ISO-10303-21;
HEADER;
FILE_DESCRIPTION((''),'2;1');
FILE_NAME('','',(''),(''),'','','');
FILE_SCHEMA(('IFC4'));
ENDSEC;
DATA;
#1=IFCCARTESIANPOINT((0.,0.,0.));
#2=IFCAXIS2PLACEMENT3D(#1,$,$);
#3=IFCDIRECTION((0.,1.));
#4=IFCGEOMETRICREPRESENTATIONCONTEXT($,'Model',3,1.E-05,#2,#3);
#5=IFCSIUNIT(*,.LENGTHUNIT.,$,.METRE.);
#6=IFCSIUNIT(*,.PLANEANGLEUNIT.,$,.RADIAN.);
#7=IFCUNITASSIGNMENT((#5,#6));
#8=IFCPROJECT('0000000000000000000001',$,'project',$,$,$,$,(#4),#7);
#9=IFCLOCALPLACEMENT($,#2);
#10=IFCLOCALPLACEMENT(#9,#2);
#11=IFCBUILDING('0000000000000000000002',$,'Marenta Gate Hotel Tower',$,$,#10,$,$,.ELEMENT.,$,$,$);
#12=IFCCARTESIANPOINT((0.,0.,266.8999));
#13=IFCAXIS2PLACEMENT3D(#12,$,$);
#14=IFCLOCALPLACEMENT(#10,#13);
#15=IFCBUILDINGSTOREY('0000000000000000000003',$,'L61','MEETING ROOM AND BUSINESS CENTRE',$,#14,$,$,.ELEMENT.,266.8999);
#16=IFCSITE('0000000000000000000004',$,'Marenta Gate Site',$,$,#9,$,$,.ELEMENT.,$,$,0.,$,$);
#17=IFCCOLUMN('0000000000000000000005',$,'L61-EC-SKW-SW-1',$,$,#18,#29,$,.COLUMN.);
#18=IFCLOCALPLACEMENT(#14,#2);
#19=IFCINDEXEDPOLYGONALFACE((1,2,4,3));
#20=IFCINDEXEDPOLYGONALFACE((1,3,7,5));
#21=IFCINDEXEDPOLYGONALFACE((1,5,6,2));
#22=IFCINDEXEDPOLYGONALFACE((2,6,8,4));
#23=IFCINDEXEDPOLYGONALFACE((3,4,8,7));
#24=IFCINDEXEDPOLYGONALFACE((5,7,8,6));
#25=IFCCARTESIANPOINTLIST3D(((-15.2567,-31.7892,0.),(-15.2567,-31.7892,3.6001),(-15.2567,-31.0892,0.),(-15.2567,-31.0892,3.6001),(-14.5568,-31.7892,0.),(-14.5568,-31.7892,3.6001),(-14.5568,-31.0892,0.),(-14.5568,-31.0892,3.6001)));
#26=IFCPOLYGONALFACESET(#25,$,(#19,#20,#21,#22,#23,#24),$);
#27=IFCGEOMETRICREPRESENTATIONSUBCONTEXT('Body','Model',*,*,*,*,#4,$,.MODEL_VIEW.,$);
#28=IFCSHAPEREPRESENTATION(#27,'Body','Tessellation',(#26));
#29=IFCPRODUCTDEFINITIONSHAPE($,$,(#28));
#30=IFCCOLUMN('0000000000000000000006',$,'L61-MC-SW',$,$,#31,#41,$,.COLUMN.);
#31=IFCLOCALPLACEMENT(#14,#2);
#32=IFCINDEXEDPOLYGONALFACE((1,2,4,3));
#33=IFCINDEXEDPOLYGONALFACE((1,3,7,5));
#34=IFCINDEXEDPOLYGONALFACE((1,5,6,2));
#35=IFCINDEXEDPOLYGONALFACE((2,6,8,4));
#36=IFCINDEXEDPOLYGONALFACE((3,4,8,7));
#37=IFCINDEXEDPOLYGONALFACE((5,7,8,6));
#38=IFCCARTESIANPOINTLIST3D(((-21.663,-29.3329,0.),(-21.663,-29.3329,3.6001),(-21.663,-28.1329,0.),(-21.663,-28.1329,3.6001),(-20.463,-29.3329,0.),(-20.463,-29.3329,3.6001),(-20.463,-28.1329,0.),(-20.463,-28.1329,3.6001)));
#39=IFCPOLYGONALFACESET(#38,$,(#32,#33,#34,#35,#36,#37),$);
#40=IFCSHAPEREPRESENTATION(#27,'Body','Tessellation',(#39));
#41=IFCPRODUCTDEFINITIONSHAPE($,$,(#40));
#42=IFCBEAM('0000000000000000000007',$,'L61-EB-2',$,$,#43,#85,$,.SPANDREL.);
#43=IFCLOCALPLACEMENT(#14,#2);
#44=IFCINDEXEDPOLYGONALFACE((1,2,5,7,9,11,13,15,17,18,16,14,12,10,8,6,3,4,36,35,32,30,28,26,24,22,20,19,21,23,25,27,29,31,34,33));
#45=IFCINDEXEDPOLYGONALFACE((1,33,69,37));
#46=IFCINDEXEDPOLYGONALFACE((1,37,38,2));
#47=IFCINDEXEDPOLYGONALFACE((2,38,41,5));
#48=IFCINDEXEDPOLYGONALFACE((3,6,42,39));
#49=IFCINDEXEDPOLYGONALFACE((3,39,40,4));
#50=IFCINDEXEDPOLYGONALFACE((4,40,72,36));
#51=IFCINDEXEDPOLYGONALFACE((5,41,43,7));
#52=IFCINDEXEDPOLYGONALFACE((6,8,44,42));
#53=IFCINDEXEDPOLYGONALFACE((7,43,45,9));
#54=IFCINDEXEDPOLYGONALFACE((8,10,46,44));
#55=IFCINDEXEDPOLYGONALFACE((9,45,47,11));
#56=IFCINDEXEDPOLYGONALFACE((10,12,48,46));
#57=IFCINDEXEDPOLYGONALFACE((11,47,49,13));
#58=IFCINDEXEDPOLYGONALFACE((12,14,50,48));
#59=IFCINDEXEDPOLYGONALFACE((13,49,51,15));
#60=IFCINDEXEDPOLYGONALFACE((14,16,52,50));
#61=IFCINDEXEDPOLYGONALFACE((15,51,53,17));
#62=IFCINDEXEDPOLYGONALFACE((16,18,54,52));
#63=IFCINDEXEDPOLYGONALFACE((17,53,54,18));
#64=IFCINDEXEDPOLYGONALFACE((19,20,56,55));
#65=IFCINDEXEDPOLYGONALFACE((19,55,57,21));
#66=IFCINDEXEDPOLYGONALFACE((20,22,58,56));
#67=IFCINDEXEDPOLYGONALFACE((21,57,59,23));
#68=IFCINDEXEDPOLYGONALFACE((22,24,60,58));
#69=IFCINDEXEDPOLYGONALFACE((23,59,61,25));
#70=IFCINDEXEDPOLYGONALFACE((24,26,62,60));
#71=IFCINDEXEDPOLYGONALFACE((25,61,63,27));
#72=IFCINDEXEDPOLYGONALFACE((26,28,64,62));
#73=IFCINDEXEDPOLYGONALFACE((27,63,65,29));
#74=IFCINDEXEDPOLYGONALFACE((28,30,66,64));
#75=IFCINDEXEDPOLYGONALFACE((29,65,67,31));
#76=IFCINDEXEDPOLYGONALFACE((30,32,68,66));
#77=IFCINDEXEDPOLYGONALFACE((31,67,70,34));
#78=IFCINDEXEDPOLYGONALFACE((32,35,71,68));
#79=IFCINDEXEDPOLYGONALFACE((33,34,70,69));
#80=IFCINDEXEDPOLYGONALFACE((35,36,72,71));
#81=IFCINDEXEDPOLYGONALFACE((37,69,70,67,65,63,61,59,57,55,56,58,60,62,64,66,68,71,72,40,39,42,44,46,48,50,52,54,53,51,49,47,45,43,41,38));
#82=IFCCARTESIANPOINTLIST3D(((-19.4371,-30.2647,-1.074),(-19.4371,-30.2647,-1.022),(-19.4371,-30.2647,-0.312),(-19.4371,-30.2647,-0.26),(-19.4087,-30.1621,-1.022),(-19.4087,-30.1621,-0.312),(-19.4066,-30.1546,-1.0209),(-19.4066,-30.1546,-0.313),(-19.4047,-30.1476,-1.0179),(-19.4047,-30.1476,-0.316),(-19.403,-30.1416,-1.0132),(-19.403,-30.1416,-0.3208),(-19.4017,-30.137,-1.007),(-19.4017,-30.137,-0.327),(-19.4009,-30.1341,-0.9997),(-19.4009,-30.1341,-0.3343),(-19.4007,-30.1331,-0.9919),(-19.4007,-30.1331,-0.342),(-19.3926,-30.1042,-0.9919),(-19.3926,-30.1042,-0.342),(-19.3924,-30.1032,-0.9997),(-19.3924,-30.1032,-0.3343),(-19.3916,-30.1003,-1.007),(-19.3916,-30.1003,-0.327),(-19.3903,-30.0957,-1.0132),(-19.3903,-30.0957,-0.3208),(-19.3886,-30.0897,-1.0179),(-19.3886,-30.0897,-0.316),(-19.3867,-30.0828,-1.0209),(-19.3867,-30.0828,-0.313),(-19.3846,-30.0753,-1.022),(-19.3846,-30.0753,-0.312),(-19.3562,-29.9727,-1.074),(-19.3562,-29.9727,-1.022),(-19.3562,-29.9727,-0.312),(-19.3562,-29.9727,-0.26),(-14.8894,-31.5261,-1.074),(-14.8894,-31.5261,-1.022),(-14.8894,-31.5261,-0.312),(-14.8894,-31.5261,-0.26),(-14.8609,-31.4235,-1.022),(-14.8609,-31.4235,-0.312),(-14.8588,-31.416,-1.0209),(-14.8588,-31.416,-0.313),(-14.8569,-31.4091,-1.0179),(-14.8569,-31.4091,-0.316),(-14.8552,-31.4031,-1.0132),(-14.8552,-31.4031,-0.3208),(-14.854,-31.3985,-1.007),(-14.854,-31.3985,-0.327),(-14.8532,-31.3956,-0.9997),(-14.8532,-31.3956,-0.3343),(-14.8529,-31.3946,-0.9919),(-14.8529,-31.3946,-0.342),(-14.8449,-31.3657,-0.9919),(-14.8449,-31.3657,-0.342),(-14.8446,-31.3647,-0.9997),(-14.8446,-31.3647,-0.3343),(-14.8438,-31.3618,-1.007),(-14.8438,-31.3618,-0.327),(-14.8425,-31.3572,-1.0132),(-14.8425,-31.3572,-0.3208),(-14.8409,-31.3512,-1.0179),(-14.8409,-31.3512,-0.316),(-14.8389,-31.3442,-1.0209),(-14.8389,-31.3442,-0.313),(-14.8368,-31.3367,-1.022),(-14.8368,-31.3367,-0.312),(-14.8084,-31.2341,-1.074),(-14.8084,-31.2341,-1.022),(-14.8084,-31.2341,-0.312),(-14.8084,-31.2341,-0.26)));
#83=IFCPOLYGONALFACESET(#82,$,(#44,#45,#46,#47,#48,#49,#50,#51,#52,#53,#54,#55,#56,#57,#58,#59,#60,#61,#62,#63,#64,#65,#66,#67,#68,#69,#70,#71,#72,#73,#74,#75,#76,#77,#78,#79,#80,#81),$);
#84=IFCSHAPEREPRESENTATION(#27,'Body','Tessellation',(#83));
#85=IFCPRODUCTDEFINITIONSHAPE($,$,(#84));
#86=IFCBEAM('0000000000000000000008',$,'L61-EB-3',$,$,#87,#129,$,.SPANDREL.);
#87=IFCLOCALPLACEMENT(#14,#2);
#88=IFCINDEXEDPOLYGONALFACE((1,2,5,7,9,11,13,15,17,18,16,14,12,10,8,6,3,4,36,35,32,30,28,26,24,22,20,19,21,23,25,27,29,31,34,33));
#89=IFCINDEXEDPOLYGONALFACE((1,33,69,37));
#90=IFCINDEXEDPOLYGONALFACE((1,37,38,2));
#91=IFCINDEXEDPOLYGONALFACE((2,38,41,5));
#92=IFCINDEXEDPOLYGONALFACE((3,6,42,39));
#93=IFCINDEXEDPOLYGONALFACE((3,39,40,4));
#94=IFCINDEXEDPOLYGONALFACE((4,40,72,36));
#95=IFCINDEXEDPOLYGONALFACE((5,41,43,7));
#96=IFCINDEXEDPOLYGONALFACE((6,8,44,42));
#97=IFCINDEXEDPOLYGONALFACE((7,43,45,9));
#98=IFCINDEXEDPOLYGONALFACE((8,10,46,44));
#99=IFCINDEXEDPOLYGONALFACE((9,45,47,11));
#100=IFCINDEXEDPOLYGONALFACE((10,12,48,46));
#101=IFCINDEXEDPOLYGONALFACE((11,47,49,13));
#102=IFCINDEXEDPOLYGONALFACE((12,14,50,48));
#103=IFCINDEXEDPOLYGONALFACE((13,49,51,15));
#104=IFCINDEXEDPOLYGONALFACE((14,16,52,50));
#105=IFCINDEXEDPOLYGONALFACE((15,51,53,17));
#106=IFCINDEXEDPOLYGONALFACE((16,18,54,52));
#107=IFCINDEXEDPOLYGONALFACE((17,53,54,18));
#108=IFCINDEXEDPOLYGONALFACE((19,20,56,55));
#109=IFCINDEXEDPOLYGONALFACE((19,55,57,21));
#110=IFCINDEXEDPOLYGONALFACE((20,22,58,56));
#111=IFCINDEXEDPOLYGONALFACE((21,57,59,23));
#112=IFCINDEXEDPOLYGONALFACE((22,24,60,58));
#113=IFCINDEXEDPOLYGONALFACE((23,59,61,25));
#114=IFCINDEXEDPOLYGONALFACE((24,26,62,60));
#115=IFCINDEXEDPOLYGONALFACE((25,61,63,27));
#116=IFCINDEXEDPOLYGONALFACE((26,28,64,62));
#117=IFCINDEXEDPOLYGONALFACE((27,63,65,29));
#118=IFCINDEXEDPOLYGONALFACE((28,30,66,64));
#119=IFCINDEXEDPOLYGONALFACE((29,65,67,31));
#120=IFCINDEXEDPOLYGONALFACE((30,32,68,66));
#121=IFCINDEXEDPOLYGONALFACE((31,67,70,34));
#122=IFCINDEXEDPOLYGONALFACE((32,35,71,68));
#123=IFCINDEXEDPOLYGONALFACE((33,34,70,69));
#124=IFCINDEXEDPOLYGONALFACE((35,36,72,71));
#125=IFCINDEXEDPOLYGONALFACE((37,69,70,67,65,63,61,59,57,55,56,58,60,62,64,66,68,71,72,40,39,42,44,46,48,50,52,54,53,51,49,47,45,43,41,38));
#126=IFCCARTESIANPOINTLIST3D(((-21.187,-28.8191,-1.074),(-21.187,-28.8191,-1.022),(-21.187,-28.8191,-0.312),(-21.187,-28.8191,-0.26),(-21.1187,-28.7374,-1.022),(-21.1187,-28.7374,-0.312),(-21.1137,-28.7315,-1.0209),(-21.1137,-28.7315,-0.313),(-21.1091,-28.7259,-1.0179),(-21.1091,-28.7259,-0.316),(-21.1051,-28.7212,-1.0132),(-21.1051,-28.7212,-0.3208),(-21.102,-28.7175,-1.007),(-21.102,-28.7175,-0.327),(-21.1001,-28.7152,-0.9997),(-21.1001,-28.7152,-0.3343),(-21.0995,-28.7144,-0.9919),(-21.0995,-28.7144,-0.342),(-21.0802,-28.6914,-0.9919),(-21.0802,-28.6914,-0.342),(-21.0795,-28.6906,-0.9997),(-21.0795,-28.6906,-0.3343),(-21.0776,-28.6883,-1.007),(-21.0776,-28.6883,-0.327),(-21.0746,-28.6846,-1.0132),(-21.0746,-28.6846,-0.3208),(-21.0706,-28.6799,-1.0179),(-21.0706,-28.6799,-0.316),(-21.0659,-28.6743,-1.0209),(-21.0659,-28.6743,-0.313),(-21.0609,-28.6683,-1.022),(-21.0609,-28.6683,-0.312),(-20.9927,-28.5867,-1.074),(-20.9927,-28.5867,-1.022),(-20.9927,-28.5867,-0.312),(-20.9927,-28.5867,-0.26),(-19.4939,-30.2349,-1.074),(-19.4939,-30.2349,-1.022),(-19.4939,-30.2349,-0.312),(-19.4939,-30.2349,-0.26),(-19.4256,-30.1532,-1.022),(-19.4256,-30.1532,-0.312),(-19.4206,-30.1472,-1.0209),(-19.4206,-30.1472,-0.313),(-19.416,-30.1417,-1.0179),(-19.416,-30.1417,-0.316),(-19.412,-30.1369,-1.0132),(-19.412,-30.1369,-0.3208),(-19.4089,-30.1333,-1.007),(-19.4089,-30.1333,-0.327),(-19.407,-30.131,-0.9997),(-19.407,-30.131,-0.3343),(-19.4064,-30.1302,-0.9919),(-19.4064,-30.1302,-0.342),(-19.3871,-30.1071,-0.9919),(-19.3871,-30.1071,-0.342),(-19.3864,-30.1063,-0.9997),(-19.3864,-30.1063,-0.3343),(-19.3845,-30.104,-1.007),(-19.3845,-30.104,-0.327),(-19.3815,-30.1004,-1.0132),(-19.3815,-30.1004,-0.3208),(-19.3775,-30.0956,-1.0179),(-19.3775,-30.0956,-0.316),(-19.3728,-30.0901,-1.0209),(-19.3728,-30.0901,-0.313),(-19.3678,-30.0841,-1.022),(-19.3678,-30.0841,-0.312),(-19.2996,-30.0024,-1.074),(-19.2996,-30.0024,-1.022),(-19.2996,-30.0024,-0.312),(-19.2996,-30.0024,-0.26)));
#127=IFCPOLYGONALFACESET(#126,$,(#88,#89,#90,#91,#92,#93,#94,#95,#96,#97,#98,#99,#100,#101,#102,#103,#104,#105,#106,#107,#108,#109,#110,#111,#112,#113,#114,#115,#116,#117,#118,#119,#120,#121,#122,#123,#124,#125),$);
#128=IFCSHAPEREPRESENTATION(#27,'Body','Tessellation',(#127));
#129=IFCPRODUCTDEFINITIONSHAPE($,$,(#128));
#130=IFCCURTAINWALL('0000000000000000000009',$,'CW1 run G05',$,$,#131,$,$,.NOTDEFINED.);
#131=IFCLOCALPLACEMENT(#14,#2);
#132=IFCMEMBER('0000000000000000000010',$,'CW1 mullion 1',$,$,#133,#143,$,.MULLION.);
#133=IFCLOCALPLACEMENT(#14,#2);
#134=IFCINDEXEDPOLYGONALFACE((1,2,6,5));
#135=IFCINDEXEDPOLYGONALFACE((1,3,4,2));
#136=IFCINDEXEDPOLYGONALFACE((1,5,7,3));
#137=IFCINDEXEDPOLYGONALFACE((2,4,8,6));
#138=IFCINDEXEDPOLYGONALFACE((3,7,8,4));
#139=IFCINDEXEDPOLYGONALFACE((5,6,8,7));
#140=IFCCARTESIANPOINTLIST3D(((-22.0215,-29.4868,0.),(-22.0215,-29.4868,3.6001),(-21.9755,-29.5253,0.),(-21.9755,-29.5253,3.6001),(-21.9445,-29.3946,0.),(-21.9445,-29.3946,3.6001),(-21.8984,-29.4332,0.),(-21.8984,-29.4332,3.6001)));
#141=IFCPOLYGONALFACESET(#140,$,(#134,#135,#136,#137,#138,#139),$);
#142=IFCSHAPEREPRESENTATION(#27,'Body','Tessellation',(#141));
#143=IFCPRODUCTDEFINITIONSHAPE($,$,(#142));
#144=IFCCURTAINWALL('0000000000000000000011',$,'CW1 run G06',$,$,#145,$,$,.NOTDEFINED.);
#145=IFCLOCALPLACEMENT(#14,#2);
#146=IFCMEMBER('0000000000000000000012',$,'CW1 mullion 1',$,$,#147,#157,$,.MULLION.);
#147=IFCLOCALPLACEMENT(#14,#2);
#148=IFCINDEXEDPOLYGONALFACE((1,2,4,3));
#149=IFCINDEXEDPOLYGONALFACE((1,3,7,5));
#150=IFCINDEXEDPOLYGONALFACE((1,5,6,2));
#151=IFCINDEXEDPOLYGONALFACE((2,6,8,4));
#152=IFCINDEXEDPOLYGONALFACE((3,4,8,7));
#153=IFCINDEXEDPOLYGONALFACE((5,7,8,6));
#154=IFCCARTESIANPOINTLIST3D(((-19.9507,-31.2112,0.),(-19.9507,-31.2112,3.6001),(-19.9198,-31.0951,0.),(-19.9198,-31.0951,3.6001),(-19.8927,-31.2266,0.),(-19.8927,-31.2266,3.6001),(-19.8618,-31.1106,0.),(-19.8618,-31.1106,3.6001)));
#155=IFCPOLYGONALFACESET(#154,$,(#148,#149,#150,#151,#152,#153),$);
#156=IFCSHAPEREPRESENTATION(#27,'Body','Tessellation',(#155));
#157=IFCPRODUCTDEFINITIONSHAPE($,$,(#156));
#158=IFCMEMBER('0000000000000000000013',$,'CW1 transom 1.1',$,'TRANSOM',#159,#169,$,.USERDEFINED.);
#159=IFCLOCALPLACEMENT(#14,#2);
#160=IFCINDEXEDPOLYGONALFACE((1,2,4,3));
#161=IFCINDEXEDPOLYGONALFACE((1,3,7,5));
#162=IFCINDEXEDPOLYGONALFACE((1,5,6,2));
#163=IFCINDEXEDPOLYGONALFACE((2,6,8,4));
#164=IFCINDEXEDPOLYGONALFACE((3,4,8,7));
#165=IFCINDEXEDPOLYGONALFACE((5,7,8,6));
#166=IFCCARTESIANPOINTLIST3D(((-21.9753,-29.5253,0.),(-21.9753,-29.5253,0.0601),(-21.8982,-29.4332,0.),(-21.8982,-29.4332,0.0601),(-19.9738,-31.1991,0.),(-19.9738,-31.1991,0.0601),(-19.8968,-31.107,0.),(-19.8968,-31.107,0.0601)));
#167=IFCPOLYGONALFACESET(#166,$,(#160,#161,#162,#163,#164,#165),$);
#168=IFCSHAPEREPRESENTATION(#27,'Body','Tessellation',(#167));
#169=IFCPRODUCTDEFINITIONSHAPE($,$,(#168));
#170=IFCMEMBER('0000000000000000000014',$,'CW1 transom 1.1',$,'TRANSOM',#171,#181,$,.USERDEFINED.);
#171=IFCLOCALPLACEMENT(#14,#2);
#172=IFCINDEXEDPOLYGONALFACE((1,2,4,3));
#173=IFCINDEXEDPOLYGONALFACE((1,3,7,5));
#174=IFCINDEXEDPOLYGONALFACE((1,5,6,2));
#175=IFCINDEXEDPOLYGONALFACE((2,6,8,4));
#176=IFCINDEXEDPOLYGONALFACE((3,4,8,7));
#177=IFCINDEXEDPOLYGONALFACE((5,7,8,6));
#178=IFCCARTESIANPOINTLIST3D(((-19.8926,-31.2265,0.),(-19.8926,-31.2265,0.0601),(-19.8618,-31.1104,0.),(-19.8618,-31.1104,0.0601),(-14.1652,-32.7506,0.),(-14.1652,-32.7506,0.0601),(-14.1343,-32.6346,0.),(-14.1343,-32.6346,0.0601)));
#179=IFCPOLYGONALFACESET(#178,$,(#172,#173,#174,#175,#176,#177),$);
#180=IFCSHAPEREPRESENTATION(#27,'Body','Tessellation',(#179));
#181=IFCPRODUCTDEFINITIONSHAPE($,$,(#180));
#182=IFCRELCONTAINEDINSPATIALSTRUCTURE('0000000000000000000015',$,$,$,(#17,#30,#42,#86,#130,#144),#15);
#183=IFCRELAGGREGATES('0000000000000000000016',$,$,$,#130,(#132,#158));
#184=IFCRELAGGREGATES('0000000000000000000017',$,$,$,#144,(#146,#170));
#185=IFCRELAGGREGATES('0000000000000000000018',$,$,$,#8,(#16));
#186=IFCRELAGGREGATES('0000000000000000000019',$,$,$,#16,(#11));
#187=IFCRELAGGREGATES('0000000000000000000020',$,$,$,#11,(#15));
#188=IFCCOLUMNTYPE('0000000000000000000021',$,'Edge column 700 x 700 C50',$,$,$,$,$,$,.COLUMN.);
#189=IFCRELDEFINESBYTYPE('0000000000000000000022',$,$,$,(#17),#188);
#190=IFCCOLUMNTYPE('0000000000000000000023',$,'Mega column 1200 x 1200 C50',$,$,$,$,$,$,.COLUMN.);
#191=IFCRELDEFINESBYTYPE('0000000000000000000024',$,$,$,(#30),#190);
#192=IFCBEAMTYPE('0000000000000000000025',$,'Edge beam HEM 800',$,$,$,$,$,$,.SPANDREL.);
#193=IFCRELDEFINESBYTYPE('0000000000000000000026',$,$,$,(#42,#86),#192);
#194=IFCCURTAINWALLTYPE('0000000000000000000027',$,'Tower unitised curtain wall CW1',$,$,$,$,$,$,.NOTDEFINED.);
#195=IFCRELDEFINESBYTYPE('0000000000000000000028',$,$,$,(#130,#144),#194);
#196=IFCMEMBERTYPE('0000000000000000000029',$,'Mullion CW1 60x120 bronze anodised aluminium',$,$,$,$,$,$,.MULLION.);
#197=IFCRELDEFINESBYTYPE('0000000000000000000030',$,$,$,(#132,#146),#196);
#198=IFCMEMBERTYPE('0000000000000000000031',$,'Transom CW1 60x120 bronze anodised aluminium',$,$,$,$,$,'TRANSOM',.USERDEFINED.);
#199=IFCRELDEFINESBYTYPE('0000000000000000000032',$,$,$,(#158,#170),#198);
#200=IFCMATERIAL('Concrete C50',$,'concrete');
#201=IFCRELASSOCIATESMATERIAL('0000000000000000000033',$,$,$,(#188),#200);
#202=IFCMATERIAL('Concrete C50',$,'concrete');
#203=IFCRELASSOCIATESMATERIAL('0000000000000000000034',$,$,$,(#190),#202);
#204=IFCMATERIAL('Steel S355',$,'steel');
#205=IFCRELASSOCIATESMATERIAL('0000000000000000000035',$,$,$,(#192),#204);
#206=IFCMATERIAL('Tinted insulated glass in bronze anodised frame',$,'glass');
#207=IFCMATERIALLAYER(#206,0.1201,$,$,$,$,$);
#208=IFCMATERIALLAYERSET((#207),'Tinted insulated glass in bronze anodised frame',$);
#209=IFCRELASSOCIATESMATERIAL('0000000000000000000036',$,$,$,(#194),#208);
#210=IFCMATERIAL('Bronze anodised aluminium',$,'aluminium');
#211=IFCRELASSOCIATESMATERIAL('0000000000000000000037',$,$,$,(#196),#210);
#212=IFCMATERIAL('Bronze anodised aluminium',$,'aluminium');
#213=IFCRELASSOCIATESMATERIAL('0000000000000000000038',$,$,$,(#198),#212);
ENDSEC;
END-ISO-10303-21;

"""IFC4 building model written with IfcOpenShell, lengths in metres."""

from ifc_helpers import new_model, si_unit, direction, frame, origin, origin_2d, place, context, subcontext, project, spatial, rectangle, i_section, extrude, material, layer, layer_set, material_profile, profile_set, type_object, element, aggregate, save


model = new_model("IFC4")

# Units and contexts
model_context = context("Model", 3, precision=1e-05, world=origin(), true_north=direction((0.0, 1.0)))
body_context = subcontext(model_context, "Body", "Model", "MODEL_VIEW")
ifc_project = project(units=[si_unit("LENGTHUNIT", "METRE"), si_unit("PLANEANGLEUNIT", "RADIAN")], contexts=[model_context])

# Site, building, storey
site_placement = place(None, origin())
site = spatial("IfcSite", under=ifc_project, at=site_placement, Name="Marenta Gate Site", CompositionType="ELEMENT", RefElevation=0.0)
building_placement = place(site_placement, origin())
building = spatial("IfcBuilding", under=site, at=building_placement, Name="Marenta Gate Hotel Tower", CompositionType="ELEMENT")
storey_placement = place(building_placement, frame((0.0, 0.0, 266.8999)))
storey = spatial("IfcBuildingStorey", under=building, at=storey_placement, Name="L61", Description="MEETING ROOM AND BUSINESS CENTRE", CompositionType="ELEMENT", Elevation=266.8999)

# Columns
ifc_material_1 = material(Name="Concrete C50", Category="concrete")
ifc_material_profile_1 = material_profile(ifc_material_1, rectangle(XDim=0.7, YDim=0.7, at=origin_2d()), Name="700 x 700")
ifc_profile_set_1 = profile_set([ifc_material_profile_1], Name="Concrete C50")
column_type_1 = type_object("IfcColumnType", Name="Edge column 700 x 700 C50", PredefinedType="COLUMN", material=ifc_profile_set_1)
column_1_placement = place(storey_placement, frame((-14.9067, -31.4392, 0.0), z_axis=(0.0, 0.0, 1.0), x_axis=(1.0, 0.0, 0.0)))
element("IfcColumn", 1, at=column_1_placement, inside=storey, type_object=column_type_1, Name="L61-EC-SKW-SW-1", PredefinedType="COLUMN", context=body_context, shape_type="SweptSolid", body=[
    extrude(rectangle(XDim=0.7, YDim=0.7, at=origin_2d()), origin(), (0.0, 0.0, 1.0), 3.6001),
])
ifc_material_2 = material(Name="Concrete C50", Category="concrete")
ifc_material_profile_2 = material_profile(ifc_material_2, rectangle(XDim=1.2, YDim=1.2, at=origin_2d()), Name="1200 x 1200")
ifc_profile_set_2 = profile_set([ifc_material_profile_2], Name="Concrete C50")
column_type_2 = type_object("IfcColumnType", Name="Mega column 1200 x 1200 C50", PredefinedType="COLUMN", material=ifc_profile_set_2)
column_2_placement = place(storey_placement, frame((-21.063, -28.7329, 0.0), z_axis=(0.0, 0.0, 1.0), x_axis=(1.0, 0.0, 0.0)))
element("IfcColumn", 2, at=column_2_placement, inside=storey, type_object=column_type_2, Name="L61-MC-SW", PredefinedType="COLUMN", context=body_context, shape_type="SweptSolid", body=[
    extrude(rectangle(XDim=1.2, YDim=1.2, at=origin_2d()), origin(), (0.0, 0.0, 1.0), 3.6001),
])

# Beams
ifc_material_3 = material(Name="Steel S355", Category="steel")
ifc_material_profile_3 = material_profile(ifc_material_3, i_section(OverallWidth=0.303, OverallDepth=0.814, WebThickness=0.03, FlangeThickness=0.052, FilletRadius=0.03, at=origin_2d()), Name="HEM 800")
ifc_profile_set_3 = profile_set([ifc_material_profile_3], Name="Steel S355")
beam_type = type_object("IfcBeamType", Name="Edge beam HEM 800", PredefinedType="SPANDREL", material=ifc_profile_set_3)
beam_1_placement = place(storey_placement, frame((-14.8489, -31.3801, -0.667), z_axis=(-0.963617, 0.267286, 0.0), x_axis=(-0.267286, -0.963617, 0.0)))
element("IfcBeam", 3, at=beam_1_placement, inside=storey, type_object=beam_type, Name="L61-EB-2", PredefinedType="SPANDREL", context=body_context, shape_type="SweptSolid", body=[
    extrude(i_section(OverallWidth=0.303, OverallDepth=0.814, WebThickness=0.03, FlangeThickness=0.052, FilletRadius=0.03, at=origin_2d()), origin(), (0.0, 0.0, 1.0), 4.7195),
])
beam_2_placement = place(storey_placement, frame((-19.3967, -30.1187, -0.667), z_axis=(-0.767141, 0.641478, 0.0), x_axis=(-0.641478, -0.767141, 0.0)))
element("IfcBeam", 4, at=beam_2_placement, inside=storey, type_object=beam_type, Name="L61-EB-3", PredefinedType="SPANDREL", context=body_context, shape_type="SweptSolid", body=[
    extrude(i_section(OverallWidth=0.303, OverallDepth=0.814, WebThickness=0.03, FlangeThickness=0.052, FilletRadius=0.03, at=origin_2d()), origin(), (0.0, 0.0, 1.0), 2.207),
])

# Curtain walls, members
ifc_material_4 = material(Name="Tinted insulated glass in bronze anodised frame", Category="glass")
ifc_layer_1 = layer(ifc_material_4, 0.1201)
ifc_layer_set_1 = layer_set([ifc_layer_1], Name="Tinted insulated glass in bronze anodised frame")
curtain_wall_type = type_object("IfcCurtainWallType", Name="Tower unitised curtain wall CW1", PredefinedType="NOTDEFINED", material=ifc_layer_set_1)
curtain_wall_1_placement = place(storey_placement, origin())
curtain_wall_1 = element("IfcCurtainWall", 5, at=curtain_wall_1_placement, inside=storey, type_object=curtain_wall_type, Name="CW1 run G05", PredefinedType="NOTDEFINED")
ifc_material_5 = material(Name="Bronze anodised aluminium", Category="aluminium")
ifc_material_profile_4 = material_profile(ifc_material_5, rectangle(XDim=0.1201, YDim=0.0601, at=origin_2d()), Name="Mullion CW1 60x120 bronze anodised aluminium")
ifc_profile_set_4 = profile_set([ifc_material_profile_4], Name="Bronze anodised aluminium")
member_type_1 = type_object("IfcMemberType", Name="Mullion CW1 60x120 bronze anodised aluminium", PredefinedType="MULLION", material=ifc_profile_set_4)
member_1_placement = place(storey_placement, frame((-21.96, -29.46, 0.0), z_axis=(0.0, 0.0, 1.0), x_axis=(0.641525, 0.767102, 0.0)))
member_1 = element("IfcMember", 6, at=member_1_placement, type_object=member_type_1, Name="CW1 mullion 1", PredefinedType="MULLION", context=body_context, shape_type="SweptSolid", body=[
    extrude(rectangle(XDim=0.1201, YDim=0.0601, at=origin_2d()), origin(), (0.0, 0.0, 1.0), 3.6001),
])
curtain_wall_2_placement = place(storey_placement, origin())
curtain_wall_2 = element("IfcCurtainWall", 7, at=curtain_wall_2_placement, inside=storey, type_object=curtain_wall_type, Name="CW1 run G06", PredefinedType="NOTDEFINED")
member_2_placement = place(storey_placement, frame((-19.9062, -31.1609, 0.0), z_axis=(0.0, 0.0, 1.0), x_axis=(0.257134, 0.966376, 0.0)))
member_2 = element("IfcMember", 8, at=member_2_placement, type_object=member_type_1, Name="CW1 mullion 1", PredefinedType="MULLION", context=body_context, shape_type="SweptSolid", body=[
    extrude(rectangle(XDim=0.1201, YDim=0.0601, at=origin_2d()), origin(), (0.0, 0.0, 1.0), 3.6001),
])

# Members
ifc_material_6 = material(Name="Bronze anodised aluminium", Category="aluminium")
ifc_material_profile_5 = material_profile(ifc_material_6, rectangle(XDim=0.1201, YDim=0.0601, at=origin_2d()), Name="Transom CW1 60x120 bronze anodised aluminium")
ifc_profile_set_5 = profile_set([ifc_material_profile_5], Name="Bronze anodised aluminium")
member_type_2 = type_object("IfcMemberType", Name="Transom CW1 60x120 bronze anodised aluminium", ElementType="TRANSOM", PredefinedType="USERDEFINED", material=ifc_profile_set_5)
member_3_placement = place(storey_placement, frame((-21.9368, -29.4792, 0.03), z_axis=(0.7671, -0.641527, 0.0), x_axis=(0.641527, 0.7671, 0.0)))
member_3 = element("IfcMember", 9, at=member_3_placement, type_object=member_type_2, Name="CW1 transom 1.1", ObjectType="TRANSOM", PredefinedType="USERDEFINED", context=body_context, shape_type="SweptSolid", body=[
    extrude(rectangle(XDim=0.1201, YDim=0.0601, at=origin_2d()), origin(), (0.0, 0.0, 1.0), 2.6091),
])
member_4_placement = place(storey_placement, frame((-19.8772, -31.1685, 0.03), z_axis=(0.966368, -0.257163, 0.0), x_axis=(0.257163, 0.966368, 0.0)))
member_4 = element("IfcMember", 10, at=member_4_placement, type_object=member_type_2, Name="CW1 transom 1.1", ObjectType="TRANSOM", PredefinedType="USERDEFINED", context=body_context, shape_type="SweptSolid", body=[
    extrude(rectangle(XDim=0.1201, YDim=0.0601, at=origin_2d()), origin(), (0.0, 0.0, 1.0), 5.9268),
])

aggregate(curtain_wall_1, [member_1, member_3])
aggregate(curtain_wall_2, [member_2, member_4])

save(model, "model.ifc")
